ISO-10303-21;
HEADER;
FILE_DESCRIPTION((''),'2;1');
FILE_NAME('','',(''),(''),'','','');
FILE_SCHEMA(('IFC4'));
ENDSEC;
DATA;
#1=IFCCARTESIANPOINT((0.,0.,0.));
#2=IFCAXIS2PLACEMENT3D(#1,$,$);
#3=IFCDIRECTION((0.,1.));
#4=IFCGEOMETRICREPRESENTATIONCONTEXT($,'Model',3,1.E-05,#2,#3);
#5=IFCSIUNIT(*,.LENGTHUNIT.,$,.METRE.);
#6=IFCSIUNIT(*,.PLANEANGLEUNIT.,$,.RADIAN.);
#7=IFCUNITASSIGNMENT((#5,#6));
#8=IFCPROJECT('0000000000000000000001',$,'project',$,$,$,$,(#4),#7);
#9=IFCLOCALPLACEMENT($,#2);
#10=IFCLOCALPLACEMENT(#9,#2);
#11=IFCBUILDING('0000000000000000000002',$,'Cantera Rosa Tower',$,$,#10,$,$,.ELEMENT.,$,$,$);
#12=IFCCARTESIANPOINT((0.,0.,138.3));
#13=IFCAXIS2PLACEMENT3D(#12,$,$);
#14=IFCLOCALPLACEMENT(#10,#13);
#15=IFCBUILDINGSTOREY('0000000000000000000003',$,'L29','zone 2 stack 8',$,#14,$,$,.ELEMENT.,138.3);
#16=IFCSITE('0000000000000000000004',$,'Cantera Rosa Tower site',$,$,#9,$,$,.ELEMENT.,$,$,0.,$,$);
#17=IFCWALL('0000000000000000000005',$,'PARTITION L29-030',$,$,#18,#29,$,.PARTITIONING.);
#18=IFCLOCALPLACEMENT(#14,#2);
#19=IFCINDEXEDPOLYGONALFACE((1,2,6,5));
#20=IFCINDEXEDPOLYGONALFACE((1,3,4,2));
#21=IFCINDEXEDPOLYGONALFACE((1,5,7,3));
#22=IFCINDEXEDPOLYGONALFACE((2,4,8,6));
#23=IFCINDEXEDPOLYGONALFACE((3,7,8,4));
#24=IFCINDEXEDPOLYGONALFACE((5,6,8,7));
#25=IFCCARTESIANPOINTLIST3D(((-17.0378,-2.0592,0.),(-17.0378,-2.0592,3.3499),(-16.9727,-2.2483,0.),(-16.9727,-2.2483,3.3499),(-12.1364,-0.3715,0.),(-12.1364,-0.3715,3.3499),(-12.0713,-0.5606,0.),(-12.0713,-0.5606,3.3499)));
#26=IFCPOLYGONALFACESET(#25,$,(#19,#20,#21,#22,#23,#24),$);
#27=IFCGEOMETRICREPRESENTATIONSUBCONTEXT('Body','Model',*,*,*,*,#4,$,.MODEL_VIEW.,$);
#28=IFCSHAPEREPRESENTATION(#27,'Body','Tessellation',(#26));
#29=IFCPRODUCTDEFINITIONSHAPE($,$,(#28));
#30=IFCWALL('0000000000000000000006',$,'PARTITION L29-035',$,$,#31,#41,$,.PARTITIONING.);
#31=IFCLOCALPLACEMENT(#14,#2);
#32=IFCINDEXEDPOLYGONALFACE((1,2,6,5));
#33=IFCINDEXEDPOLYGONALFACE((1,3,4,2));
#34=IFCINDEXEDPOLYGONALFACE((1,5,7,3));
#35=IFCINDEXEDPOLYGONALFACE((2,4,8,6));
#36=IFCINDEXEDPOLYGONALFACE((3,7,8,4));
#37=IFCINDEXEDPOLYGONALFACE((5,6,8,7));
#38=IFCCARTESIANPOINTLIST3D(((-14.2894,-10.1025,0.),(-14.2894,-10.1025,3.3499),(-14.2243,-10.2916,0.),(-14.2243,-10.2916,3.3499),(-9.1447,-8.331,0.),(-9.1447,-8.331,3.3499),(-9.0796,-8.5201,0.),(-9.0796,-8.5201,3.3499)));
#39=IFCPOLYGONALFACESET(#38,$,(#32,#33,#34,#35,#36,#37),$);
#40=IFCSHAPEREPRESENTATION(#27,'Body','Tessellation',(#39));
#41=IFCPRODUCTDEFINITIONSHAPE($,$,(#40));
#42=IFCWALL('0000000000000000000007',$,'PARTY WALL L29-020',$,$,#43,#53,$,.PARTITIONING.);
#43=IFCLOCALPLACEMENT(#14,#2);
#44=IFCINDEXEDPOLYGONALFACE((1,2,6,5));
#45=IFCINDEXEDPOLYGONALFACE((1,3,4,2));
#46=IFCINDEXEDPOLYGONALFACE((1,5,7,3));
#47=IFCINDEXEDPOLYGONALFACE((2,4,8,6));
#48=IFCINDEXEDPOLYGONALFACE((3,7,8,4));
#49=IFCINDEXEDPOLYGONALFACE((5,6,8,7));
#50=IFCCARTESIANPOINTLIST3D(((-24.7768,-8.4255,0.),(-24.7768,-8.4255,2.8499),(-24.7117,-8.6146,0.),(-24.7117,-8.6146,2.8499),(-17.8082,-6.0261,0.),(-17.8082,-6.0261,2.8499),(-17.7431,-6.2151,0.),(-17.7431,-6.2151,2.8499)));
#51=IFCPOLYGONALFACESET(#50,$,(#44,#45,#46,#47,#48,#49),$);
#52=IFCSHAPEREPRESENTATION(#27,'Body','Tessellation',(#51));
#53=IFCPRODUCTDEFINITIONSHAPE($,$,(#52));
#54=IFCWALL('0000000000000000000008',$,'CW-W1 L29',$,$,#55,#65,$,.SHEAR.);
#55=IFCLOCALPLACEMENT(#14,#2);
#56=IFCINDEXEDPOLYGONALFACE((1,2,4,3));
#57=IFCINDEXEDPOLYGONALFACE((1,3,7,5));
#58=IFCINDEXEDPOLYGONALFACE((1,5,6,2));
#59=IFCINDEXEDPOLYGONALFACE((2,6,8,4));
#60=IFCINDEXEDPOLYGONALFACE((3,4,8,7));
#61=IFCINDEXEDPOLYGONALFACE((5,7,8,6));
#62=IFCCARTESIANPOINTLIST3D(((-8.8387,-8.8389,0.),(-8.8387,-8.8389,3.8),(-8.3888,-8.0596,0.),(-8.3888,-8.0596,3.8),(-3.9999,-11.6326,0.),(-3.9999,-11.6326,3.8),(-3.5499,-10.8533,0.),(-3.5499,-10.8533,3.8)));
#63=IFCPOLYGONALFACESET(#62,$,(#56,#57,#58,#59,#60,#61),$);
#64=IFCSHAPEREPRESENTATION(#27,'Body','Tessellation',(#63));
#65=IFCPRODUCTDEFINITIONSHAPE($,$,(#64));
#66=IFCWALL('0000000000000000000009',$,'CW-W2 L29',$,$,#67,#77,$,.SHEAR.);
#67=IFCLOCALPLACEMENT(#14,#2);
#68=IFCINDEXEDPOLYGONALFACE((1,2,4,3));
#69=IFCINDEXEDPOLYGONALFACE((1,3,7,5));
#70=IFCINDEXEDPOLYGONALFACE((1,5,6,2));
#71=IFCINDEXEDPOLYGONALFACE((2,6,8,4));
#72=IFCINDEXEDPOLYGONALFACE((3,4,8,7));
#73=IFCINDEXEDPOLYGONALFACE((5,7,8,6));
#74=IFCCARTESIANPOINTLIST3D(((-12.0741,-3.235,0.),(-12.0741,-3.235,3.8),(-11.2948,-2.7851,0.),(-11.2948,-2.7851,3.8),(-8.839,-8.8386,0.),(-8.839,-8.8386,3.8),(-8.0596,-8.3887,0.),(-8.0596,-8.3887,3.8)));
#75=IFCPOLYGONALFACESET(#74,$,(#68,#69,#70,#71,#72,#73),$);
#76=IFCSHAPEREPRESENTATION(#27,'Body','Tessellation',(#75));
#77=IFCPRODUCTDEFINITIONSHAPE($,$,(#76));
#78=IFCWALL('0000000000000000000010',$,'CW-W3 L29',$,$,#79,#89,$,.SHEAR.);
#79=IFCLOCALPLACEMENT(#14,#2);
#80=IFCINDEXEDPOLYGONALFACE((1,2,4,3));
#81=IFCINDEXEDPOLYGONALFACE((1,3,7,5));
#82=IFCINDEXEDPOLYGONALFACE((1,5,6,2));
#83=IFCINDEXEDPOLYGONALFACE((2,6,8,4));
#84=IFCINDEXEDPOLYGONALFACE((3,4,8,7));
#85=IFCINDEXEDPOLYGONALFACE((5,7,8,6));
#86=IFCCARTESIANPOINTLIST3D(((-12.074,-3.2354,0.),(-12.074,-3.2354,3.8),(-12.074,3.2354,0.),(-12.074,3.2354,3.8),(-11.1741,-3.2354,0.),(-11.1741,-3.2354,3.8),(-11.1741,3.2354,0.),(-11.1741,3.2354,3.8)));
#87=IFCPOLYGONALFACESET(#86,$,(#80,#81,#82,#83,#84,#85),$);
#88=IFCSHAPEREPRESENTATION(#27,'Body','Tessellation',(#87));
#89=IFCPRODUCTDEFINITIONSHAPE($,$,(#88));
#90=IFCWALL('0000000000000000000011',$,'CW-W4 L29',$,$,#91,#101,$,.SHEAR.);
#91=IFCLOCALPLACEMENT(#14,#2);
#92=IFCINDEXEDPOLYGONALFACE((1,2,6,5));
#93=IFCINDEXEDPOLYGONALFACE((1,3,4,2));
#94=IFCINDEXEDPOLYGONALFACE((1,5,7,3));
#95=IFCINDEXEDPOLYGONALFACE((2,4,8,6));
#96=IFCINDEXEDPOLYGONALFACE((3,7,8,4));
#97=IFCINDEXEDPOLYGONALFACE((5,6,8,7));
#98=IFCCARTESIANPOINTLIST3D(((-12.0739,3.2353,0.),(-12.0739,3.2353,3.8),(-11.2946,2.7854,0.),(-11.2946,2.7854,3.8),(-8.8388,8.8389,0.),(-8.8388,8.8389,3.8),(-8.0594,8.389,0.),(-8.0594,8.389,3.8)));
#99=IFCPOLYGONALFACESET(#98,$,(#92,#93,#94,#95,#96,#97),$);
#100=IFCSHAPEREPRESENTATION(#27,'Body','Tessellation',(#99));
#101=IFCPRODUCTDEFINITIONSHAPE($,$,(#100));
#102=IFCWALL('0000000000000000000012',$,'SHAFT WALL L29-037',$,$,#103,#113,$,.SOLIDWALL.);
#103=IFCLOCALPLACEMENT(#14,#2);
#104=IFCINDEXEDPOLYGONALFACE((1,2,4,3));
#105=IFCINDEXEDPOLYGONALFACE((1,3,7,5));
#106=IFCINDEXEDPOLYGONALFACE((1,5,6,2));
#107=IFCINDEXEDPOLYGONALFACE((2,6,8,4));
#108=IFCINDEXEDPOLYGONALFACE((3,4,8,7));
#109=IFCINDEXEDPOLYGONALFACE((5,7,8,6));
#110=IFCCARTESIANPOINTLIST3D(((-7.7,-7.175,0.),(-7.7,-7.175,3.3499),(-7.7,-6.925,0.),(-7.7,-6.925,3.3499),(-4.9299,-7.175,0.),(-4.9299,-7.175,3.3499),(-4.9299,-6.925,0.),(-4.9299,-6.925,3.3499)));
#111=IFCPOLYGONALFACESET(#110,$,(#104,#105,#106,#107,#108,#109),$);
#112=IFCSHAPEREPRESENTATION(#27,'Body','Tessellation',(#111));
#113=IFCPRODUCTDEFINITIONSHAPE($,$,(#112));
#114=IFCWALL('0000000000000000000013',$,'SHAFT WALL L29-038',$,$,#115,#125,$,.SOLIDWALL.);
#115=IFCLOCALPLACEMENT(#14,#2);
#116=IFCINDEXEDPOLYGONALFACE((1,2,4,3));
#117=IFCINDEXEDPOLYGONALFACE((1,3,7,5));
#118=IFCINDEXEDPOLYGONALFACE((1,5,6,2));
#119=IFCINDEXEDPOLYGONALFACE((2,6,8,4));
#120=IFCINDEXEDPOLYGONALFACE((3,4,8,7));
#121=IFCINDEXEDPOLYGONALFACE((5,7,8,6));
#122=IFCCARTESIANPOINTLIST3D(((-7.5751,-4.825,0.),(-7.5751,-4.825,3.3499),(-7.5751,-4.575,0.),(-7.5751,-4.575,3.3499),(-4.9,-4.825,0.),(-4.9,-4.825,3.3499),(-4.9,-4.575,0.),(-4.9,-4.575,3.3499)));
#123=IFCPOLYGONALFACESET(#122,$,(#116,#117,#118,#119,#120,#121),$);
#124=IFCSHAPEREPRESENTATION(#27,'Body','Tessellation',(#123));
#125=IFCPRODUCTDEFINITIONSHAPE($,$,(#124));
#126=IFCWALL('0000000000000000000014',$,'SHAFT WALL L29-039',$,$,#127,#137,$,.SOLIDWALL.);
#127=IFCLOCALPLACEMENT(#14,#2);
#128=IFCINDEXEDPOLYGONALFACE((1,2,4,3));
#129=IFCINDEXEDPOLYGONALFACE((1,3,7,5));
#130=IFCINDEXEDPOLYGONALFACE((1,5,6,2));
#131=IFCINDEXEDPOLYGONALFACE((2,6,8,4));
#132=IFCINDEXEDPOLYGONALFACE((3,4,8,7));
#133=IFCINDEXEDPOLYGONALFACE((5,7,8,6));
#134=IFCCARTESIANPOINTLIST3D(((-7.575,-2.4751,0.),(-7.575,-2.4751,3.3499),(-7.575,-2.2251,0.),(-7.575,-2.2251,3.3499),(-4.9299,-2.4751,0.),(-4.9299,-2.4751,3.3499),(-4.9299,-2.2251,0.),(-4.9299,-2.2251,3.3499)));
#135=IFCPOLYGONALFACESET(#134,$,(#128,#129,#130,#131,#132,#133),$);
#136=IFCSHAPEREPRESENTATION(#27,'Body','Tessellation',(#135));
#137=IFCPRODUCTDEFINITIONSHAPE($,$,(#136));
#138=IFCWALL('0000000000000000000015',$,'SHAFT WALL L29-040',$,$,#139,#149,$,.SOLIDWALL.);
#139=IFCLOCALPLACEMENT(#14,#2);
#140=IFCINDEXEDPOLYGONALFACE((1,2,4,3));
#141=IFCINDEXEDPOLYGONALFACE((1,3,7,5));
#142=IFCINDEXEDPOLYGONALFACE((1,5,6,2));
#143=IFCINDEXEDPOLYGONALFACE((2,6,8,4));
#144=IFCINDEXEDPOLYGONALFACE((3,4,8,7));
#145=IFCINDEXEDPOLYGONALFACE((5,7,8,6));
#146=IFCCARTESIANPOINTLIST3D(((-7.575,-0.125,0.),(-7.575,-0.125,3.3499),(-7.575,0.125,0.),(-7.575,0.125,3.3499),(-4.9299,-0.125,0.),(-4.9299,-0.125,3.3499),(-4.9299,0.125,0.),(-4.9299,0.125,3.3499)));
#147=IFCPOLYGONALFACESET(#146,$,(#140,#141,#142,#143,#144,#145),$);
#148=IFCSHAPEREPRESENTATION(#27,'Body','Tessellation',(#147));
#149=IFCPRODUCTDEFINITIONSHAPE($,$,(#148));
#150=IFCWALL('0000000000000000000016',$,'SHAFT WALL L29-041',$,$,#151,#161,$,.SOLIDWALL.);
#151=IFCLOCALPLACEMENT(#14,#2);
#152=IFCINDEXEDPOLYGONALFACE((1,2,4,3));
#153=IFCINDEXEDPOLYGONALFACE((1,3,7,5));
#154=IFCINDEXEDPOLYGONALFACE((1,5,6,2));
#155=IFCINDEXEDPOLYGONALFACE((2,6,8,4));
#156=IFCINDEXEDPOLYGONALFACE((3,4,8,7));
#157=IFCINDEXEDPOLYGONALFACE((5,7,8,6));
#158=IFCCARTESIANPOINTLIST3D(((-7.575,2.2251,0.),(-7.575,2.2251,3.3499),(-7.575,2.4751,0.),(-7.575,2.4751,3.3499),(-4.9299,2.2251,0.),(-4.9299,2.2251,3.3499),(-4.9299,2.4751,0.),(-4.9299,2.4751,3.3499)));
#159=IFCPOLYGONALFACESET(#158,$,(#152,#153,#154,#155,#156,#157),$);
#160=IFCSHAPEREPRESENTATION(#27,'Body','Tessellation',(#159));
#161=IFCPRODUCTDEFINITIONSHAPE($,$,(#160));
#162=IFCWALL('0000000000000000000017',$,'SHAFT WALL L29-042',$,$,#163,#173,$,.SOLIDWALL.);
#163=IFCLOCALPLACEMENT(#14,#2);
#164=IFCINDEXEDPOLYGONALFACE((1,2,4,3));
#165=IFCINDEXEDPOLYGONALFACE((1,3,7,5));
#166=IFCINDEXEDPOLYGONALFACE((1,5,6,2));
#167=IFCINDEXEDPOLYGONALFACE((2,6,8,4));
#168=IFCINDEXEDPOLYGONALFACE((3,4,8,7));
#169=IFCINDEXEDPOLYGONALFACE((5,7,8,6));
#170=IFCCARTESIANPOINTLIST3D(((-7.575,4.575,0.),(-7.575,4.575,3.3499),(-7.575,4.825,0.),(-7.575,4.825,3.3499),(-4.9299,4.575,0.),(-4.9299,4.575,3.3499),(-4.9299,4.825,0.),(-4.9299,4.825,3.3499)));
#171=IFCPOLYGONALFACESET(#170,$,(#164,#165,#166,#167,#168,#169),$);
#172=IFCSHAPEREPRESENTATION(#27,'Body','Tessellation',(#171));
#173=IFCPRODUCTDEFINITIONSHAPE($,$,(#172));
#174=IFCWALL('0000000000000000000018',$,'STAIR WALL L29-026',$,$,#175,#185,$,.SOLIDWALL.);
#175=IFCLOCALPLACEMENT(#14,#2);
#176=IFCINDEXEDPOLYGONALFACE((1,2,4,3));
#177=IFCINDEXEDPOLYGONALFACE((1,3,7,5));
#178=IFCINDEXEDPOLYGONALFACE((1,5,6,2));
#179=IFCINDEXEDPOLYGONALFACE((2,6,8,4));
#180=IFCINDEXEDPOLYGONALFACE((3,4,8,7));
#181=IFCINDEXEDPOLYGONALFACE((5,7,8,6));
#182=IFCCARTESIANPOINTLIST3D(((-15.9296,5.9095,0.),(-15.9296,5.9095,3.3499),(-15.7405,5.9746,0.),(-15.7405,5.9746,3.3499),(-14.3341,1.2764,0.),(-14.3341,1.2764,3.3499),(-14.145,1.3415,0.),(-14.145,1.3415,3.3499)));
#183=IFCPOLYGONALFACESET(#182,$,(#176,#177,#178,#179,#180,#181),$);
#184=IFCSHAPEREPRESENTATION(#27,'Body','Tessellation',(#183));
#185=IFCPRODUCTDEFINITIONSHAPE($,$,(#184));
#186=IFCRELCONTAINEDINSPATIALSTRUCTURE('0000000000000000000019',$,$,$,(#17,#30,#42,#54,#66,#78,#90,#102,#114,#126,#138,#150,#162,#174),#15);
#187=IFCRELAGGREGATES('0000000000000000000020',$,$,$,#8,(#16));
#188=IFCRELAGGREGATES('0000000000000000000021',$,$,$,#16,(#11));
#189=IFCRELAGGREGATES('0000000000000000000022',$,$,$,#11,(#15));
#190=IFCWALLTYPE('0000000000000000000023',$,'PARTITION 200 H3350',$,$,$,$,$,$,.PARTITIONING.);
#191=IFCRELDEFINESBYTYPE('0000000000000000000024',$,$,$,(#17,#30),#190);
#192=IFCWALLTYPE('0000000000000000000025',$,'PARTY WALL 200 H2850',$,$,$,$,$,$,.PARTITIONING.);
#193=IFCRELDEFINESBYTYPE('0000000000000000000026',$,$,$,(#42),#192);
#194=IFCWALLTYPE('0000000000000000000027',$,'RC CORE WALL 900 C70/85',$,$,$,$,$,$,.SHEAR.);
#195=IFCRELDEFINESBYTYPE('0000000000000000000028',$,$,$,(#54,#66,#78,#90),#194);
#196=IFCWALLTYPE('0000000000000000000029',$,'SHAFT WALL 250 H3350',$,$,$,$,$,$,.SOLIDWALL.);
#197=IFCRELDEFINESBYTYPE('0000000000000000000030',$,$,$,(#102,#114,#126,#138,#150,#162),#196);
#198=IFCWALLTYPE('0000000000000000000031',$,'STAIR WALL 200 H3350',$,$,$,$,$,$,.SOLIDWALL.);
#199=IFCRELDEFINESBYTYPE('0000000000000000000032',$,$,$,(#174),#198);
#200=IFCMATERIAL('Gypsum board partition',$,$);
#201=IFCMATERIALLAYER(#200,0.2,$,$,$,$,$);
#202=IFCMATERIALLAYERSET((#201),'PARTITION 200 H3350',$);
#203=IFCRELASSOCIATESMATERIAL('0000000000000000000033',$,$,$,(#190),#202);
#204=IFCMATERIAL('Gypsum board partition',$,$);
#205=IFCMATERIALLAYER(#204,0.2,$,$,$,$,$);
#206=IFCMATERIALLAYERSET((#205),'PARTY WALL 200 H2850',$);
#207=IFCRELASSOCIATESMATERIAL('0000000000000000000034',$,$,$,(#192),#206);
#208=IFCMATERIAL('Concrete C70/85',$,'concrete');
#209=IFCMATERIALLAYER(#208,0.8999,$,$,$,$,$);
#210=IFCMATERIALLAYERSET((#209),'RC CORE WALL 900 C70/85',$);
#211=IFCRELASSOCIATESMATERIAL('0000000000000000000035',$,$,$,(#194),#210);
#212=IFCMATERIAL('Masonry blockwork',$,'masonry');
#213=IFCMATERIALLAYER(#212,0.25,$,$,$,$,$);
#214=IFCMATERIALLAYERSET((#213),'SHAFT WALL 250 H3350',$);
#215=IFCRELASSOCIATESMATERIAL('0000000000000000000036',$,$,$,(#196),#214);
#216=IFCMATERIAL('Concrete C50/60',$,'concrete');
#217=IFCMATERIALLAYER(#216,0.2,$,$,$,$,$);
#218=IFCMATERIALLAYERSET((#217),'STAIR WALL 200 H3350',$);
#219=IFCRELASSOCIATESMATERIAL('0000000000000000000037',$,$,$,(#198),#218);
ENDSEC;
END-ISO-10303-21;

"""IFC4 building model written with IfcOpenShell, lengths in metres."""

from ifc_helpers import new_model, si_unit, direction, frame, frame_2d, origin, place, context, subcontext, project, spatial, rectangle, extrude, material, layer, layer_set, type_object, element, save


model = new_model("IFC4")

# Units and contexts
model_context = context("Model", 3, precision=1e-05, world=origin(), true_north=direction((0.0, 1.0)))
body_context = subcontext(model_context, "Body", "Model", "MODEL_VIEW")
ifc_project = project(units=[si_unit("LENGTHUNIT", "METRE"), si_unit("PLANEANGLEUNIT", "RADIAN")], contexts=[model_context])

# Site, building, storey
site_placement = place(None, origin())
site = spatial("IfcSite", under=ifc_project, at=site_placement, Name="Cantera Rosa Tower site", CompositionType="ELEMENT", RefElevation=0.0)
building_placement = place(site_placement, origin())
building = spatial("IfcBuilding", under=site, at=building_placement, Name="Cantera Rosa Tower", CompositionType="ELEMENT")
storey_placement = place(building_placement, frame((0.0, 0.0, 138.3)))
storey = spatial("IfcBuildingStorey", under=building, at=storey_placement, Name="L29", Description="zone 2 stack 8", CompositionType="ELEMENT", Elevation=138.3)

# Walls
ifc_material_1 = material(Name="Gypsum board partition")
ifc_layer_1 = layer(ifc_material_1, 0.2)
ifc_layer_set_1 = layer_set([ifc_layer_1], Name="PARTITION 200 H3350")
wall_type_1 = type_object("IfcWallType", Name="PARTITION 200 H3350", PredefinedType="PARTITIONING", material=ifc_layer_set_1)
wall_1_placement = place(storey_placement, frame((-12.104, -0.4661, 0.0), z_axis=(0.0, 0.0, 1.0), x_axis=(-0.945515, -0.32558, 0.0)))
element("IfcWall", 1, at=wall_1_placement, inside=storey, type_object=wall_type_1, Name="PARTITION L29-030", PredefinedType="PARTITIONING", context=body_context, shape_type="SweptSolid", body=[
    extrude(rectangle(XDim=5.1838, YDim=0.2, at=frame_2d((2.5918, 0.0))), origin(), (0.0, 0.0, 1.0), 3.3499),
])
wall_2_placement = place(storey_placement, frame((-9.1121, -8.4255, 0.0), z_axis=(0.0, 0.0, 1.0), x_axis=(-0.945519, -0.325568, 0.0)))
element("IfcWall", 2, at=wall_2_placement, inside=storey, type_object=wall_type_1, Name="PARTITION L29-035", PredefinedType="PARTITIONING", context=body_context, shape_type="SweptSolid", body=[
    extrude(rectangle(XDim=5.4412, YDim=0.2, at=frame_2d((2.7207, 0.0))), origin(), (0.0, 0.0, 1.0), 3.3499),
])
ifc_material_2 = material(Name="Gypsum board partition")
ifc_layer_2 = layer(ifc_material_2, 0.2)
ifc_layer_set_2 = layer_set([ifc_layer_2], Name="PARTY WALL 200 H2850")
wall_type_2 = type_object("IfcWallType", Name="PARTY WALL 200 H2850", PredefinedType="PARTITIONING", material=ifc_layer_set_2)
wall_3_placement = place(storey_placement, frame((-17.7756, -6.1206, 0.0), z_axis=(0.0, 0.0, 1.0), x_axis=(-0.94552, -0.325564, 0.0)))
element("IfcWall", 3, at=wall_3_placement, inside=storey, type_object=wall_type_2, Name="PARTY WALL L29-020", PredefinedType="PARTITIONING", context=body_context, shape_type="SweptSolid", body=[
    extrude(rectangle(XDim=7.3701, YDim=0.2, at=frame_2d((3.6851, 0.0))), origin(), (0.0, 0.0, 1.0), 2.8499),
])
ifc_material_3 = material(Name="Concrete C70/85", Category="concrete")
ifc_layer_3 = layer(ifc_material_3, 0.8999)
ifc_layer_set_3 = layer_set([ifc_layer_3], Name="RC CORE WALL 900 C70/85")
wall_type_3 = type_object("IfcWallType", Name="RC CORE WALL 900 C70/85", PredefinedType="SHEAR", material=ifc_layer_set_3)
wall_4_placement = place(storey_placement, frame((-3.7749, -11.2429, 0.0), z_axis=(0.0, 0.0, 1.0), x_axis=(-0.866027, 0.499997, 0.0)))
element("IfcWall", 4, at=wall_4_placement, inside=storey, type_object=wall_type_3, Name="CW-W1 L29", PredefinedType="SHEAR", context=body_context, shape_type="SweptSolid", body=[
    extrude(rectangle(XDim=5.5874, YDim=0.8999, at=frame_2d((2.7937, 0.0))), origin(), (0.0, 0.0, 1.0), 3.8),
])
wall_5_placement = place(storey_placement, frame((-8.4492, -8.6138, 0.0), z_axis=(0.0, 0.0, 1.0), x_axis=(-0.49999, 0.866031, 0.0)))
element("IfcWall", 5, at=wall_5_placement, inside=storey, type_object=wall_type_3, Name="CW-W2 L29", PredefinedType="SHEAR", context=body_context, shape_type="SweptSolid", body=[
    extrude(rectangle(XDim=6.4705, YDim=0.8999, at=frame_2d((3.2354, 0.0))), origin(), (0.0, 0.0, 1.0), 3.8),
])
wall_6_placement = place(storey_placement, frame((-11.624, -3.2354, 0.0), z_axis=(0.0, 0.0, 1.0), x_axis=(0.0, 1.0, 0.0)))
element("IfcWall", 6, at=wall_6_placement, inside=storey, type_object=wall_type_3, Name="CW-W3 L29", PredefinedType="SHEAR", context=body_context, shape_type="SweptSolid", body=[
    extrude(rectangle(XDim=6.4707, YDim=0.8999, at=frame_2d((3.2354, 0.0))), origin(), (0.0, 0.0, 1.0), 3.8),
])
wall_7_placement = place(storey_placement, frame((-11.6843, 3.0103, 0.0), z_axis=(0.0, 0.0, 1.0), x_axis=(0.49999, 0.866031, 0.0)))
element("IfcWall", 7, at=wall_7_placement, inside=storey, type_object=wall_type_3, Name="CW-W4 L29", PredefinedType="SHEAR", context=body_context, shape_type="SweptSolid", body=[
    extrude(rectangle(XDim=6.4705, YDim=0.8999, at=frame_2d((3.2354, 0.0))), origin(), (0.0, 0.0, 1.0), 3.8),
])
ifc_material_4 = material(Name="Masonry blockwork", Category="masonry")
ifc_layer_4 = layer(ifc_material_4, 0.25)
ifc_layer_set_4 = layer_set([ifc_layer_4], Name="SHAFT WALL 250 H3350")
wall_type_4 = type_object("IfcWallType", Name="SHAFT WALL 250 H3350", PredefinedType="SOLIDWALL", material=ifc_layer_set_4)
wall_8_placement = place(storey_placement, frame((-7.7, -7.05, 0.0), z_axis=(0.0, 0.0, 1.0), x_axis=(1.0, 0.0, 0.0)))
element("IfcWall", 8, at=wall_8_placement, inside=storey, type_object=wall_type_4, Name="SHAFT WALL L29-037", PredefinedType="SOLIDWALL", context=body_context, shape_type="SweptSolid", body=[
    extrude(rectangle(XDim=2.77, YDim=0.25, at=frame_2d((1.385, 0.0))), origin(), (0.0, 0.0, 1.0), 3.3499),
])
wall_9_placement = place(storey_placement, frame((-7.575, -4.7, 0.0), z_axis=(0.0, 0.0, 1.0), x_axis=(1.0, 0.0, 0.0)))
element("IfcWall", 9, at=wall_9_placement, inside=storey, type_object=wall_type_4, Name="SHAFT WALL L29-038", PredefinedType="SOLIDWALL", context=body_context, shape_type="SweptSolid", body=[
    extrude(rectangle(XDim=2.675, YDim=0.25, at=frame_2d((1.3374, 0.0))), origin(), (0.0, 0.0, 1.0), 3.3499),
])
for number, where, z_axis, x_axis, name in (
    (10, (-7.575, -2.3501, 0.0), (0.0, 0.0, 1.0), (1.0, 0.0, 0.0), "SHAFT WALL L29-039"),
    (11, (-7.575, 0.0, 0.0), (0.0, 0.0, 1.0), (1.0, 0.0, 0.0), "SHAFT WALL L29-040"),
    (12, (-7.575, 2.3501, 0.0), (0.0, 0.0, 1.0), (1.0, 0.0, 0.0), "SHAFT WALL L29-041"),
    (13, (-7.575, 4.7, 0.0), (0.0, 0.0, 1.0), (1.0, 0.0, 0.0), "SHAFT WALL L29-042"),
):
    element("IfcWall", number, at=place(storey_placement, frame(where, z_axis=z_axis, x_axis=x_axis)), inside=storey, type_object=wall_type_4, Name=name, PredefinedType="SOLIDWALL", context=body_context, shape_type="SweptSolid", body=[
        extrude(rectangle(XDim=2.645, YDim=0.25, at=frame_2d((1.3225, 0.0))), origin(), (0.0, 0.0, 1.0), 3.3499),
    ])
ifc_material_5 = material(Name="Concrete C50/60", Category="concrete")
ifc_layer_5 = layer(ifc_material_5, 0.2)
ifc_layer_set_5 = layer_set([ifc_layer_5], Name="STAIR WALL 200 H3350")
wall_type_5 = type_object("IfcWallType", Name="STAIR WALL 200 H3350", PredefinedType="SOLIDWALL", material=ifc_layer_set_5)
wall_10_placement = place(storey_placement, frame((-14.2395, 1.3088, 0.0), z_axis=(0.0, 0.0, 1.0), x_axis=(-0.325599, 0.945508, 0.0)))
element("IfcWall", 14, at=wall_10_placement, inside=storey, type_object=wall_type_5, Name="STAIR WALL L29-026", PredefinedType="SOLIDWALL", context=body_context, shape_type="SweptSolid", body=[
    extrude(rectangle(XDim=4.9001, YDim=0.2, at=frame_2d((2.4502, 0.0))), origin(), (0.0, 0.0, 1.0), 3.3499),
])

save(model, "model.ifc")
